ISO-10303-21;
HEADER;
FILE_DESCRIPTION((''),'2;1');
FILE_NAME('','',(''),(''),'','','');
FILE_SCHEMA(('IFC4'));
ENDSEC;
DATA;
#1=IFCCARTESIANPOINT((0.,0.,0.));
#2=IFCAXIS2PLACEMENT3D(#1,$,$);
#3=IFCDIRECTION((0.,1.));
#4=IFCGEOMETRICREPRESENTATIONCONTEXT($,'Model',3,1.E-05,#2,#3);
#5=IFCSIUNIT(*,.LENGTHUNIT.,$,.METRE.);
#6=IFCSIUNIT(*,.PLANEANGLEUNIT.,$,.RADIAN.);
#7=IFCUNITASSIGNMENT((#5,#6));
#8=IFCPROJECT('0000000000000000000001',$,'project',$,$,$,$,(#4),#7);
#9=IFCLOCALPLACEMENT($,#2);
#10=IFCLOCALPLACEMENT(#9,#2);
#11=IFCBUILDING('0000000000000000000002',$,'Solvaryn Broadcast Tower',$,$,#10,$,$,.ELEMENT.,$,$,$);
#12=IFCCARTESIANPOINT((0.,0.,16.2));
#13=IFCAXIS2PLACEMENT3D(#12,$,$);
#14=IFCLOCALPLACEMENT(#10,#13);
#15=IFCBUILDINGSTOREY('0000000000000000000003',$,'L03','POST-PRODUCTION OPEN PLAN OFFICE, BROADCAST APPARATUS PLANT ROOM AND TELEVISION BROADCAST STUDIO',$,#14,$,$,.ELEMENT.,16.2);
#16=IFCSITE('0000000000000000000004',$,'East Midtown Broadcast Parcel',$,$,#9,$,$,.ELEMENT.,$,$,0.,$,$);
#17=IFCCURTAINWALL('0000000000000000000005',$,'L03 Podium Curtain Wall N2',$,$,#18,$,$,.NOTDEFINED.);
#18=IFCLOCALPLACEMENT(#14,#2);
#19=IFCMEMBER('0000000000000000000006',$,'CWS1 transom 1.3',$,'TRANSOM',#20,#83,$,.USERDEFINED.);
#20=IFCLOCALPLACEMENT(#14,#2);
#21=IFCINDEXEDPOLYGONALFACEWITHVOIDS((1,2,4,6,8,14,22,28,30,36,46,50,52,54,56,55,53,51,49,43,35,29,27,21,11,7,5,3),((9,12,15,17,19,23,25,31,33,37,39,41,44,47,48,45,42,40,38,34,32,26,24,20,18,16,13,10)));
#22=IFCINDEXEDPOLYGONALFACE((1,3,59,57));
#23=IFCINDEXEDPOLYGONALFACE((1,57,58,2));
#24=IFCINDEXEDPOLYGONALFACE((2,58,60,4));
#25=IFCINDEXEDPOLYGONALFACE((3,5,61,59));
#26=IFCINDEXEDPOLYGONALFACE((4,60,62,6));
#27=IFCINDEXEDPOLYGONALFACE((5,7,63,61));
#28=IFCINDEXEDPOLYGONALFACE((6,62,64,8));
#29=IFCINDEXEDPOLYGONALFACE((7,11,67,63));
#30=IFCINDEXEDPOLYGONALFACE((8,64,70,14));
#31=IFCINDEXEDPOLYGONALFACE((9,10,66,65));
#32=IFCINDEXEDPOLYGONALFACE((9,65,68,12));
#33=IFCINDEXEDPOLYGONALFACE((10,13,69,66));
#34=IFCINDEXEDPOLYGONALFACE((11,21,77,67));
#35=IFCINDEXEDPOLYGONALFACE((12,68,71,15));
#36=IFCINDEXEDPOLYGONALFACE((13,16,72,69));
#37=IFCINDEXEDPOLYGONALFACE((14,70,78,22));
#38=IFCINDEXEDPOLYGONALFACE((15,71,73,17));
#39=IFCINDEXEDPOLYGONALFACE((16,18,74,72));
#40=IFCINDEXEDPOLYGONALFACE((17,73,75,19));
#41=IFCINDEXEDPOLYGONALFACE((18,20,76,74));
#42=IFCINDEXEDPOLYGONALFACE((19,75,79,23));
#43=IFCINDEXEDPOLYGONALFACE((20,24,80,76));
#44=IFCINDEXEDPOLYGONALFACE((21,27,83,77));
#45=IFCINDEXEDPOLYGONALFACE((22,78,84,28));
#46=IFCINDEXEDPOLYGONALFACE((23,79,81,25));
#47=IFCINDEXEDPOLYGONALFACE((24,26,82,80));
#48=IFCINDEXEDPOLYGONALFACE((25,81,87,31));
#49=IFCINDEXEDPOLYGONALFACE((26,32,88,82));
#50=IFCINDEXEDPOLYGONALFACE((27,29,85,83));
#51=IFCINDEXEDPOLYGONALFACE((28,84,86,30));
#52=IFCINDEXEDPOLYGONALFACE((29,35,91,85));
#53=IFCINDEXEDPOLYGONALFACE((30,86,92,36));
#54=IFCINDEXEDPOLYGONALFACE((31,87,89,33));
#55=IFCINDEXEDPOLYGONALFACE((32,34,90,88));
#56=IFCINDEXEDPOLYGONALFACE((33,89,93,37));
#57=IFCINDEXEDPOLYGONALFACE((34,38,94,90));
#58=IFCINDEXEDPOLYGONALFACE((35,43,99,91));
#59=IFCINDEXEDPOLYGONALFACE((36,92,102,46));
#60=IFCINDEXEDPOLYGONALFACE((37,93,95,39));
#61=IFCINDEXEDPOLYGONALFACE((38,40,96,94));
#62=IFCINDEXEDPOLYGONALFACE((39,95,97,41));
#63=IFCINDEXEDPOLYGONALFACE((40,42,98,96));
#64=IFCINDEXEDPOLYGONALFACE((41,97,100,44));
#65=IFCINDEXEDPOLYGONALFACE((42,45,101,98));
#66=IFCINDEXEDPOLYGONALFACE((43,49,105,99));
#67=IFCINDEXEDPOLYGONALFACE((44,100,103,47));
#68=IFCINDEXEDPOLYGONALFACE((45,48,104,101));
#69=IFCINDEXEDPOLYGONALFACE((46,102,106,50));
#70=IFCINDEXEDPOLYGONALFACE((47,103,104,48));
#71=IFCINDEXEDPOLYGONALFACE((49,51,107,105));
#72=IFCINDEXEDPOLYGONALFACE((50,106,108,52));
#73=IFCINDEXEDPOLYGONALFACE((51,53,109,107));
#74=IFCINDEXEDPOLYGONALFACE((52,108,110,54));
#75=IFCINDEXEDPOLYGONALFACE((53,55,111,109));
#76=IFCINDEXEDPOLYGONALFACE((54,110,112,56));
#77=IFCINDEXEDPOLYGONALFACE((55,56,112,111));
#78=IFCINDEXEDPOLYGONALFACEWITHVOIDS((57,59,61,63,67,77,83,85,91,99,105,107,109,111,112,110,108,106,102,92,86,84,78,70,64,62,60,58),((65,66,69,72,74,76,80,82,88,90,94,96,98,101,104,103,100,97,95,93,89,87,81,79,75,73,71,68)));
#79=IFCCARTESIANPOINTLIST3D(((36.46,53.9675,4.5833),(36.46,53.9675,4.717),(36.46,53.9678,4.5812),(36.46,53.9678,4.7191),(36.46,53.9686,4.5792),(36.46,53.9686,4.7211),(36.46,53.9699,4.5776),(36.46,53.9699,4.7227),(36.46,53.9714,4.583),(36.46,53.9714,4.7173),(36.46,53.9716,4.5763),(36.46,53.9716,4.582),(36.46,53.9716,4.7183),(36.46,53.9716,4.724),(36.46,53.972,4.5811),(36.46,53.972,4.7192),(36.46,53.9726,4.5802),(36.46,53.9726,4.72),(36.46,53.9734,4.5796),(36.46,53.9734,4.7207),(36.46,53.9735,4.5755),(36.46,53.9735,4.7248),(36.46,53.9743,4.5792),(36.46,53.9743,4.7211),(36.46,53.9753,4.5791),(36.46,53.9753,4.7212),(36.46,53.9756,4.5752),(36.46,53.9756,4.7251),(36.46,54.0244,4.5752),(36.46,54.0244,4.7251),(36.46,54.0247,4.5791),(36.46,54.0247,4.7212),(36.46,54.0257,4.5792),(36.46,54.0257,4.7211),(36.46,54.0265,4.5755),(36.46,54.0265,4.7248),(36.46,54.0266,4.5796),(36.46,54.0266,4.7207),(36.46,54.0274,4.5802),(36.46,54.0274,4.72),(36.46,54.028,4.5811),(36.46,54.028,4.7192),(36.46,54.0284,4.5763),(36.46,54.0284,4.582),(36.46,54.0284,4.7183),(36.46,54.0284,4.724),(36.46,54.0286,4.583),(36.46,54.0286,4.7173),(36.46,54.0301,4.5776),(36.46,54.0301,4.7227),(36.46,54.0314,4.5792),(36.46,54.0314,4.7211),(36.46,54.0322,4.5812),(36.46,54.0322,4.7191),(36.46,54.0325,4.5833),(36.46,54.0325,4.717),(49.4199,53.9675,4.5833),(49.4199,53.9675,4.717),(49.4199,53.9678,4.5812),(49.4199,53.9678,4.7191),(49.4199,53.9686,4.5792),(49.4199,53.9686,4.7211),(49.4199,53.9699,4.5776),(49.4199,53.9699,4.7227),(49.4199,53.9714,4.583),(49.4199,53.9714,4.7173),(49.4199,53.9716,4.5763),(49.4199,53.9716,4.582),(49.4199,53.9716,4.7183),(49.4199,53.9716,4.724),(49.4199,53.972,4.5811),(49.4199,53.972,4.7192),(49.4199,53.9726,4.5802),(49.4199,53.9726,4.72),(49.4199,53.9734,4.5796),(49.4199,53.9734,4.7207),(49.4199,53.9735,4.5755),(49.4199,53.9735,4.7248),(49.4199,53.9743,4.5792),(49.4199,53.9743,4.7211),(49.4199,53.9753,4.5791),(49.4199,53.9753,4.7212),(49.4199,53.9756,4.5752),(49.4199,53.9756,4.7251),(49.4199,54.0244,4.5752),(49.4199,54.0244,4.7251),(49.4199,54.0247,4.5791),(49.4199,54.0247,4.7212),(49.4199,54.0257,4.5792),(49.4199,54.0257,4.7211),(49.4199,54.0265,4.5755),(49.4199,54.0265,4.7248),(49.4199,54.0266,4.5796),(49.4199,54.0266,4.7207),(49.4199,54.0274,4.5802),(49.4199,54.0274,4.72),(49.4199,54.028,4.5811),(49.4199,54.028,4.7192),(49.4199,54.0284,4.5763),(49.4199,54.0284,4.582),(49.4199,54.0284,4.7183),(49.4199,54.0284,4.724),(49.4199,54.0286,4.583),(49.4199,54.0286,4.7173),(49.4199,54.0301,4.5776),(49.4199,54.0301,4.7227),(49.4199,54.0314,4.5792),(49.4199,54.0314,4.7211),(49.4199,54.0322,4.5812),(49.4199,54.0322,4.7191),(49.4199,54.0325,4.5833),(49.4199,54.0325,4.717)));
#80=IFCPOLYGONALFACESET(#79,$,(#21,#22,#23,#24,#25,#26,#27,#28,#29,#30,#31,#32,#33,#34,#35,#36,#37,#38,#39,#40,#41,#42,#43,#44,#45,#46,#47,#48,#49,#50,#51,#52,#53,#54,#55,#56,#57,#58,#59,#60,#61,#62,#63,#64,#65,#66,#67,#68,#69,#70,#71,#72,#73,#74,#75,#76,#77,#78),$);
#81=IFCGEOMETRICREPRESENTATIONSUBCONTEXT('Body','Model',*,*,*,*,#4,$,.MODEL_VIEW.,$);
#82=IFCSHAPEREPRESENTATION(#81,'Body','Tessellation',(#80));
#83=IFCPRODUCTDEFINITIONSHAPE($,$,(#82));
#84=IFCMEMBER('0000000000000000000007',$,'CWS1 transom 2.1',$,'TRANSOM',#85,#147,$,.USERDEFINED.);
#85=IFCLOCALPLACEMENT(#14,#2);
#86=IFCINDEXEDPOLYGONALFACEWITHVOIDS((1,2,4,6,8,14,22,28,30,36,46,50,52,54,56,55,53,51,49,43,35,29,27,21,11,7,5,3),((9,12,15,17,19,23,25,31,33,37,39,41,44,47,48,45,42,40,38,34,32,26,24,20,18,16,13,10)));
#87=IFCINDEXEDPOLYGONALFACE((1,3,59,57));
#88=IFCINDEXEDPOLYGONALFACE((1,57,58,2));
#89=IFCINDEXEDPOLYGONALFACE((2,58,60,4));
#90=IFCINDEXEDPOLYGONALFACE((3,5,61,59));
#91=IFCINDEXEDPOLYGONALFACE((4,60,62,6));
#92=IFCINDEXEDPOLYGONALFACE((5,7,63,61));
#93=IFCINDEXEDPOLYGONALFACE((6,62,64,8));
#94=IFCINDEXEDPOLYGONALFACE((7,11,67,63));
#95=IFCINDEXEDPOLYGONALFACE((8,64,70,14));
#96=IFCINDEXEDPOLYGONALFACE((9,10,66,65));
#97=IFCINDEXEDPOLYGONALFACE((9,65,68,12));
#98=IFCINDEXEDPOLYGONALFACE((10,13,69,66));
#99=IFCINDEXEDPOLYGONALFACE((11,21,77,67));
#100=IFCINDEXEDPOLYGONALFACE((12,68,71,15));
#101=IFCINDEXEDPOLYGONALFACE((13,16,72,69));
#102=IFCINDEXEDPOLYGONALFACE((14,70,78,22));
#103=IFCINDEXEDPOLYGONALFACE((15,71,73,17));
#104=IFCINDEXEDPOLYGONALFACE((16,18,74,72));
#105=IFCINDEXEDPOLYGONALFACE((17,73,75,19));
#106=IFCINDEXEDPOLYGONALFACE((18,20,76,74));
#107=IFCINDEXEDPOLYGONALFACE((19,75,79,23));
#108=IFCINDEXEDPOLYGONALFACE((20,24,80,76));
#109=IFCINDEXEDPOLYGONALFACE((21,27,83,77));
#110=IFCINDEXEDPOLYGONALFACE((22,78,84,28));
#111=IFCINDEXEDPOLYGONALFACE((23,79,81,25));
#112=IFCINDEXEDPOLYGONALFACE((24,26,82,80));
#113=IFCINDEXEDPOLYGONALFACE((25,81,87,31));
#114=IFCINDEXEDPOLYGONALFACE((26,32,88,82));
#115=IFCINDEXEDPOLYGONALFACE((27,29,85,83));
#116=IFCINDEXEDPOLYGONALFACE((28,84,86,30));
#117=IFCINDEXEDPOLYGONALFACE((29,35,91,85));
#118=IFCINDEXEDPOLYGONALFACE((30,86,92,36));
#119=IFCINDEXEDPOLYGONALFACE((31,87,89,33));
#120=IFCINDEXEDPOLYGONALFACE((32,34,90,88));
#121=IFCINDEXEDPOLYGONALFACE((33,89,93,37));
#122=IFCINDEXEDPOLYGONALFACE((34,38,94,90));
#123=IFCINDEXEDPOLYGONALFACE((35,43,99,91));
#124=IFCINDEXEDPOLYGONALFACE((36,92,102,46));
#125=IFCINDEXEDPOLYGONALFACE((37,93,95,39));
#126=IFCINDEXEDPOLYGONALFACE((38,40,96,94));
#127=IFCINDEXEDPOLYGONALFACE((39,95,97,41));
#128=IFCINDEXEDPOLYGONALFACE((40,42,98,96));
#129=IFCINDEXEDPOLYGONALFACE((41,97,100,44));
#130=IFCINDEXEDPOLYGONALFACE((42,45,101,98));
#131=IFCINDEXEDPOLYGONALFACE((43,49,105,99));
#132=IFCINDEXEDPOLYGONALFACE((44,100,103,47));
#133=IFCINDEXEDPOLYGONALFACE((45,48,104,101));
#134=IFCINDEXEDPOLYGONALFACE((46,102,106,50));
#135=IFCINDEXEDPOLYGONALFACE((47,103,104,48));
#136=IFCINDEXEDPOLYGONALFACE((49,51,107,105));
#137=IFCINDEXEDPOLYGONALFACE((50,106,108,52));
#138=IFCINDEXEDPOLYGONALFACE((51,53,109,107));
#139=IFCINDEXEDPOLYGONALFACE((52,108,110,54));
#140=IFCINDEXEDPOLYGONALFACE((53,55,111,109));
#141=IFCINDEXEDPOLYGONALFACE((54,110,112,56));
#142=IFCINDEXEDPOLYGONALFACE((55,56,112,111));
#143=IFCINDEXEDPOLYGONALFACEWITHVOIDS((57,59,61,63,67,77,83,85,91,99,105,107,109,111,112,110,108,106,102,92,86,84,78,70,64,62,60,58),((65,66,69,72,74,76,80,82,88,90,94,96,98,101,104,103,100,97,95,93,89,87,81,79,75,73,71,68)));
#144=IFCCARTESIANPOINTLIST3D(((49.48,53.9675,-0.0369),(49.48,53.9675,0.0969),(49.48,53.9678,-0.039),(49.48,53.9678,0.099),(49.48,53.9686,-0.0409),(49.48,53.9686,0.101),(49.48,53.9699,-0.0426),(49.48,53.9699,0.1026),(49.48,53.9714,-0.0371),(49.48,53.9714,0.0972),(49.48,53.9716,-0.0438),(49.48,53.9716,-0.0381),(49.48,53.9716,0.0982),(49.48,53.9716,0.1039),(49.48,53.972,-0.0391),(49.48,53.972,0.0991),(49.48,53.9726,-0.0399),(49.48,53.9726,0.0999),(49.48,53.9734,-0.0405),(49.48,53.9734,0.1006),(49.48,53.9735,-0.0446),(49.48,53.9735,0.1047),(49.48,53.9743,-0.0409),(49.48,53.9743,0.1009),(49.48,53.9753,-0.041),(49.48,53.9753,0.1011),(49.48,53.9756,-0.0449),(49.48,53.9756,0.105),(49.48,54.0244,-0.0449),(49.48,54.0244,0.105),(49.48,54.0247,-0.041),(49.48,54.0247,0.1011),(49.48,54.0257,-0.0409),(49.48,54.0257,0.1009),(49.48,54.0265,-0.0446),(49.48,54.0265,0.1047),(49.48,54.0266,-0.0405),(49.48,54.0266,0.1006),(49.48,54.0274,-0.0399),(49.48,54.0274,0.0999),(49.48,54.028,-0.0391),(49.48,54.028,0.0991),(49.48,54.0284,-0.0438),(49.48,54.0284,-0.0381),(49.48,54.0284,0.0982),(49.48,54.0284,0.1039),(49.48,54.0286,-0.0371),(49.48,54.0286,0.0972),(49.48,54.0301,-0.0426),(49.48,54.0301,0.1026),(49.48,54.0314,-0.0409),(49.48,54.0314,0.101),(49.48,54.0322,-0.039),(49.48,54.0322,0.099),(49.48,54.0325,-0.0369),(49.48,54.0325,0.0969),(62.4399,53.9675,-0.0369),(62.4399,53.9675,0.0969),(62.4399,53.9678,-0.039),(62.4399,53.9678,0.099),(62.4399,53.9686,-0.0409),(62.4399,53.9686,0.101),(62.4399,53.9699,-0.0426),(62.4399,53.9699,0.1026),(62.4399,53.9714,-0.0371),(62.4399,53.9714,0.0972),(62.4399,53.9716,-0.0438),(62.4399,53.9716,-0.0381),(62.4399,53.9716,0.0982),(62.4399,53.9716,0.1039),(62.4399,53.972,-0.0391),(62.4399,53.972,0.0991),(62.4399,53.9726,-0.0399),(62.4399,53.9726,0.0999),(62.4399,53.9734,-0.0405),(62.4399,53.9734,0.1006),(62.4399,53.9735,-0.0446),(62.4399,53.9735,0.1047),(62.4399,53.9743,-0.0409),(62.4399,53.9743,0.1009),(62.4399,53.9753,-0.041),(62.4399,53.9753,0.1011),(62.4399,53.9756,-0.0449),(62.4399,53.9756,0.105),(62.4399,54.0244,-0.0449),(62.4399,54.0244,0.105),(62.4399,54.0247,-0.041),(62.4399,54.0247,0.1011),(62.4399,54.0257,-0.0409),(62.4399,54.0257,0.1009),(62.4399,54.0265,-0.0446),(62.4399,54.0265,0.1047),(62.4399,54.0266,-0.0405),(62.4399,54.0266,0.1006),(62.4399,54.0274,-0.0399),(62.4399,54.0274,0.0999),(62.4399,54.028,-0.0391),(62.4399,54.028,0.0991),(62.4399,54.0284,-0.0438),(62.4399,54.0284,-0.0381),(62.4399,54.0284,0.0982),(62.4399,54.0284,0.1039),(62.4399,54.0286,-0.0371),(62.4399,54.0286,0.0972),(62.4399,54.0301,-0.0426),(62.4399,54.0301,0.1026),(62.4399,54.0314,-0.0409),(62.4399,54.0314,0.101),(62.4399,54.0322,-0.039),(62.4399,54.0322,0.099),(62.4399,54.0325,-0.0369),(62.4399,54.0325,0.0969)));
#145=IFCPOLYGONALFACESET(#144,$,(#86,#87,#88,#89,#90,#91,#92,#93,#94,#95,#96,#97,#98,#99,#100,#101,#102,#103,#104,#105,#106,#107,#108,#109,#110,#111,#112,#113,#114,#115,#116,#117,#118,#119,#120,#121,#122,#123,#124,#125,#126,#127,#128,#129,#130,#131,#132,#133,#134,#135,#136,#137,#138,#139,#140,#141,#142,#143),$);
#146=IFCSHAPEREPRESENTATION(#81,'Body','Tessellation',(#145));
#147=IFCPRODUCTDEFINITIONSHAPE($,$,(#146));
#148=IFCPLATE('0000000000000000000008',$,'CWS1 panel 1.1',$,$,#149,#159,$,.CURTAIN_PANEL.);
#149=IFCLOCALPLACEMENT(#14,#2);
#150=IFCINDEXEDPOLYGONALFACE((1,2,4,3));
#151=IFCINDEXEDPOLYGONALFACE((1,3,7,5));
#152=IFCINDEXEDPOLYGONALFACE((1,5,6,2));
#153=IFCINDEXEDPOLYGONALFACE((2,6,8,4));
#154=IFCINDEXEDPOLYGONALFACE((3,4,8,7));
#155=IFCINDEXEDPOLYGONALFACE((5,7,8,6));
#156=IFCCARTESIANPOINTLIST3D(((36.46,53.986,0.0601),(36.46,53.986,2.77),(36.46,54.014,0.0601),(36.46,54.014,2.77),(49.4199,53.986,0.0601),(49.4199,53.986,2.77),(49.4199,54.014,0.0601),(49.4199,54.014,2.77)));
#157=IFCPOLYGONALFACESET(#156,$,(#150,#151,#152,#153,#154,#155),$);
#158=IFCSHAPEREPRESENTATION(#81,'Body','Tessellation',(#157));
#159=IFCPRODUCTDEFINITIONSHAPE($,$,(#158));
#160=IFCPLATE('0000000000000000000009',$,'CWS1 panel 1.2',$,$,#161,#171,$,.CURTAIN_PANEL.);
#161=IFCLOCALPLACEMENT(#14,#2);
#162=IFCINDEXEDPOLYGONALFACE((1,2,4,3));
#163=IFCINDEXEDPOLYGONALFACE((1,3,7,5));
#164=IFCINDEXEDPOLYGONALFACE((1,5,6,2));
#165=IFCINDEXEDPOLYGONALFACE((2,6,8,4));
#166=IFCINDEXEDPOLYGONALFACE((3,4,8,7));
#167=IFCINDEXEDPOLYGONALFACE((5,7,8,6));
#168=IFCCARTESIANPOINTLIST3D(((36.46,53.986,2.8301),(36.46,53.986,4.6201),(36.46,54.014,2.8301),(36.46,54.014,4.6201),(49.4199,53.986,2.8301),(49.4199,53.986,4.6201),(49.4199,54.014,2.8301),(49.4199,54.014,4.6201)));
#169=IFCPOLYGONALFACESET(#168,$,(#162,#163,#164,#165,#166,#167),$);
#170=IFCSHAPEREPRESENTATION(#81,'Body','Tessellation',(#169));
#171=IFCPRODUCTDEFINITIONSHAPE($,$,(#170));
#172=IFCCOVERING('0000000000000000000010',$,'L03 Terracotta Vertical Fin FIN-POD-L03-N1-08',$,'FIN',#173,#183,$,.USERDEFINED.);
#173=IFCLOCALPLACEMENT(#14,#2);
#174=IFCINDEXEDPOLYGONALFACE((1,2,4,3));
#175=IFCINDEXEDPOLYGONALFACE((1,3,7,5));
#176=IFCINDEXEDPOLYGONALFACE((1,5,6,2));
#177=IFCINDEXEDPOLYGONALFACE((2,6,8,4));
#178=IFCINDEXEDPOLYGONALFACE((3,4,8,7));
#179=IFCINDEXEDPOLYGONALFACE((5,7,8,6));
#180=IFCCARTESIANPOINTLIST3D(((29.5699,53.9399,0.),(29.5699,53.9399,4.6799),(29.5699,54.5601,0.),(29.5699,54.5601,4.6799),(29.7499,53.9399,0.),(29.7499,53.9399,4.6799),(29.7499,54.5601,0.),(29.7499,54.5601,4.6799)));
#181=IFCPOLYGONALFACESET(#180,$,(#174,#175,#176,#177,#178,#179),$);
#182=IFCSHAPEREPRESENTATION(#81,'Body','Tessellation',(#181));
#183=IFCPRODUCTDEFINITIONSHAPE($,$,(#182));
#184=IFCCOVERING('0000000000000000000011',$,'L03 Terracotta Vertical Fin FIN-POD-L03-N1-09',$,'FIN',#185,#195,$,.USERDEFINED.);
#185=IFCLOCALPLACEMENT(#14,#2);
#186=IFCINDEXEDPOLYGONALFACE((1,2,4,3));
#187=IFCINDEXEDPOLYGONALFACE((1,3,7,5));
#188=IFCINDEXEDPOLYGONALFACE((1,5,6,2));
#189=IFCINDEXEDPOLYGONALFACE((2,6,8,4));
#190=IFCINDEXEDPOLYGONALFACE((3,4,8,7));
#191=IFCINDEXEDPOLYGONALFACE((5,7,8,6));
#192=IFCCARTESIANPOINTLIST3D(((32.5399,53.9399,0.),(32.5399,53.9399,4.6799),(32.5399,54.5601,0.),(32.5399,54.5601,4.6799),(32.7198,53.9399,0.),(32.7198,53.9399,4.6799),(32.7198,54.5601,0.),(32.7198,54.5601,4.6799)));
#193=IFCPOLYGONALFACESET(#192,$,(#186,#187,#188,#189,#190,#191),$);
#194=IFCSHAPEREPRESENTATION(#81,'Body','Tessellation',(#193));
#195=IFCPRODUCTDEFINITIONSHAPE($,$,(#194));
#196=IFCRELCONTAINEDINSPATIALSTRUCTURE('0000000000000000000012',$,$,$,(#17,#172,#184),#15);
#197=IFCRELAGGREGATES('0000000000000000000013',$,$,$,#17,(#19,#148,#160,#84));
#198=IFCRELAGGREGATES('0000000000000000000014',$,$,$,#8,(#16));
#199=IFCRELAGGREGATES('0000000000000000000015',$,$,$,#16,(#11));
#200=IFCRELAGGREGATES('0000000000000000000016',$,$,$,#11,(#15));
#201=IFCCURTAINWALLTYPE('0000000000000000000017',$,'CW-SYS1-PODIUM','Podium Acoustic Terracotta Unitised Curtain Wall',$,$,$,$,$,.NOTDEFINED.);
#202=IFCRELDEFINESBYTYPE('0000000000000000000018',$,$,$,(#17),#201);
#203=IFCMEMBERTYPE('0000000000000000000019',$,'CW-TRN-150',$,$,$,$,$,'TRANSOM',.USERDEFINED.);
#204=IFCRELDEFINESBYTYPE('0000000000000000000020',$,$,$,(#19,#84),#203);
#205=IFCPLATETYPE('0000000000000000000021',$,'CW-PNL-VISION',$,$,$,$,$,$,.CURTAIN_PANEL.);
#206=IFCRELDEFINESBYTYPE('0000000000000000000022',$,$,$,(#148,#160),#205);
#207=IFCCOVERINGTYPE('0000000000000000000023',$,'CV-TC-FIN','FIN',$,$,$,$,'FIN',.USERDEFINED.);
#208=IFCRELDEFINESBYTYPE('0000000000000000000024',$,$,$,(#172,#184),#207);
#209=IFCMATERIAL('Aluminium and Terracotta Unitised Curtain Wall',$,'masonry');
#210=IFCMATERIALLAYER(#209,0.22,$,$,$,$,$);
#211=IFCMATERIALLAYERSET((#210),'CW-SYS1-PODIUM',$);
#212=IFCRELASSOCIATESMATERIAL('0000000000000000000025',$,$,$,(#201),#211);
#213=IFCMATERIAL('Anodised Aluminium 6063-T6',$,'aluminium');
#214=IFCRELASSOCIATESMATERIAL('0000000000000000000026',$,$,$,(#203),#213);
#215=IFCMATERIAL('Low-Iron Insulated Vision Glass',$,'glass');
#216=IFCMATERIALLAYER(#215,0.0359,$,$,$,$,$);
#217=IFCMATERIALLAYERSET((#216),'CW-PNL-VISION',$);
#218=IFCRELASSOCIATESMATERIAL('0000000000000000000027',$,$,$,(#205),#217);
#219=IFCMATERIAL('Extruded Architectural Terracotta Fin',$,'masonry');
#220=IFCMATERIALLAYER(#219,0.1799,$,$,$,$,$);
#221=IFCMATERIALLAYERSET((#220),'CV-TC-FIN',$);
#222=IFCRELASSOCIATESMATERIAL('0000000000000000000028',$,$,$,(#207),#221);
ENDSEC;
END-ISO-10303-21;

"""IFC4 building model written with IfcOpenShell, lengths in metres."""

from ifc_helpers import new_model, si_unit, direction, frame, origin, origin_2d, place, context, subcontext, project, spatial, rectangle, hollow_rectangle, extrude, material, layer, layer_set, material_profile, profile_set, type_object, element, aggregate, save


model = new_model("IFC4")

# Units and contexts
model_context = context("Model", 3, precision=1e-05, world=origin(), true_north=direction((0.0, 1.0)))
body_context = subcontext(model_context, "Body", "Model", "MODEL_VIEW")
ifc_project = project(units=[si_unit("LENGTHUNIT", "METRE"), si_unit("PLANEANGLEUNIT", "RADIAN")], contexts=[model_context])

# Site, building, storey
site_placement = place(None, origin())
site = spatial("IfcSite", under=ifc_project, at=site_placement, Name="East Midtown Broadcast Parcel", CompositionType="ELEMENT", RefElevation=0.0)
building_placement = place(site_placement, origin())
building = spatial("IfcBuilding", under=site, at=building_placement, Name="Solvaryn Broadcast Tower", CompositionType="ELEMENT")
storey_placement = place(building_placement, frame((0.0, 0.0, 16.2)))
storey = spatial("IfcBuildingStorey", under=building, at=storey_placement, Name="L03", Description="POST-PRODUCTION OPEN PLAN OFFICE, BROADCAST APPARATUS PLANT ROOM AND TELEVISION BROADCAST STUDIO", CompositionType="ELEMENT", Elevation=16.2)

# Shared definitions
ifc_material_1 = material(Name="Aluminium and Terracotta Unitised Curtain Wall", Category="masonry")
ifc_layer_1 = layer(ifc_material_1, 0.22)
ifc_layer_set_1 = layer_set([ifc_layer_1], Name="CW-SYS1-PODIUM")
curtain_wall_type = type_object("IfcCurtainWallType", Name="CW-SYS1-PODIUM", Description="Podium Acoustic Terracotta Unitised Curtain Wall", PredefinedType="NOTDEFINED", material=ifc_layer_set_1)

# Curtain wall, members, plates
curtain_wall_1_placement = place(storey_placement, origin())
curtain_wall_1 = element("IfcCurtainWall", 1, at=curtain_wall_1_placement, inside=storey, type_object=curtain_wall_type, Name="L03 Podium Curtain Wall N2", PredefinedType="NOTDEFINED")
ifc_material_2 = material(Name="Anodised Aluminium 6063-T6", Category="aluminium")
ifc_material_profile_1 = material_profile(ifc_material_2, hollow_rectangle(XDim=0.0649, YDim=0.1499, WallThickness=0.0039, InnerFilletRadius=0.0039, OuterFilletRadius=0.0081, at=origin_2d()))
ifc_profile_set_1 = profile_set([ifc_material_profile_1], Name="Anodised Aluminium 6063-T6")
member_type_1 = type_object("IfcMemberType", Name="CW-TRN-150", ElementType="TRANSOM", PredefinedType="USERDEFINED", material=ifc_profile_set_1)
member_1_placement = place(storey_placement, frame((36.46, 54.0, 4.6501), z_axis=(1.0, 0.0, 0.0), x_axis=(0.0, 1.0, 0.0)))
member_1 = element("IfcMember", 2, at=member_1_placement, type_object=member_type_1, Name="CWS1 transom 1.3", ObjectType="TRANSOM", PredefinedType="USERDEFINED", context=body_context, shape_type="SweptSolid", body=[
    extrude(hollow_rectangle(XDim=0.0649, YDim=0.1499, WallThickness=0.0039, InnerFilletRadius=0.0039, OuterFilletRadius=0.0081, at=origin_2d()), origin(), (0.0, 0.0, 1.0), 12.96),
])
member_2_placement = place(storey_placement, frame((49.48, 54.0, 0.03), z_axis=(1.0, 0.0, 0.0), x_axis=(0.0, 1.0, 0.0)))
member_2 = element("IfcMember", 3, at=member_2_placement, type_object=member_type_1, Name="CWS1 transom 2.1", ObjectType="TRANSOM", PredefinedType="USERDEFINED", context=body_context, shape_type="SweptSolid", body=[
    extrude(hollow_rectangle(XDim=0.0649, YDim=0.1499, WallThickness=0.0039, InnerFilletRadius=0.0039, OuterFilletRadius=0.0081, at=origin_2d()), origin(), (0.0, 0.0, 1.0), 12.96),
])
ifc_material_3 = material(Name="Low-Iron Insulated Vision Glass", Category="glass")
ifc_layer_2 = layer(ifc_material_3, 0.0359)
ifc_layer_set_2 = layer_set([ifc_layer_2], Name="CW-PNL-VISION")
plate_type = type_object("IfcPlateType", Name="CW-PNL-VISION", PredefinedType="CURTAIN_PANEL", material=ifc_layer_set_2)
plate_1_placement = place(storey_placement, frame((42.9399, 54.0, 0.0601), z_axis=(0.0, 0.0, 1.0), x_axis=(1.0, 0.0, 0.0)))
plate_1 = element("IfcPlate", 4, at=plate_1_placement, type_object=plate_type, Name="CWS1 panel 1.1", PredefinedType="CURTAIN_PANEL", context=body_context, shape_type="SweptSolid", body=[
    extrude(rectangle(XDim=12.96, YDim=0.0281, at=origin_2d()), origin(), (0.0, 0.0, 1.0), 2.71),
])
plate_2_placement = place(storey_placement, frame((42.9399, 54.0, 2.8301), z_axis=(0.0, 0.0, 1.0), x_axis=(1.0, 0.0, 0.0)))
plate_2 = element("IfcPlate", 5, at=plate_2_placement, type_object=plate_type, Name="CWS1 panel 1.2", PredefinedType="CURTAIN_PANEL", context=body_context, shape_type="SweptSolid", body=[
    extrude(rectangle(XDim=12.96, YDim=0.0281, at=origin_2d()), origin(), (0.0, 0.0, 1.0), 1.79),
])
aggregate(curtain_wall_1, [member_1, plate_1, plate_2, member_2])

# Coverings
ifc_material_4 = material(Name="Extruded Architectural Terracotta Fin", Category="masonry")
ifc_layer_3 = layer(ifc_material_4, 0.1799)
ifc_layer_set_3 = layer_set([ifc_layer_3], Name="CV-TC-FIN")
covering_type = type_object("IfcCoveringType", Name="CV-TC-FIN", Description="FIN", ElementType="FIN", PredefinedType="USERDEFINED", material=ifc_layer_set_3)
for number, where, z_axis, x_axis, name in (
    (6, (29.6599, 54.25, 0.0), (0.0, 0.0, 1.0), (1.0, 0.0, 0.0), "L03 Terracotta Vertical Fin FIN-POD-L03-N1-08"),
    (7, (32.6299, 54.25, 0.0), (0.0, 0.0, 1.0), (1.0, 0.0, 0.0), "L03 Terracotta Vertical Fin FIN-POD-L03-N1-09"),
):
    element("IfcCovering", number, at=place(storey_placement, frame(where, z_axis=z_axis, x_axis=x_axis)), inside=storey, type_object=covering_type, Name=name, ObjectType="FIN", PredefinedType="USERDEFINED", context=body_context, shape_type="SweptSolid", body=[
        extrude(rectangle(XDim=0.1799, YDim=0.6201, at=origin_2d()), origin(), (0.0, 0.0, 1.0), 4.6799),
    ])

save(model, "model.ifc")
